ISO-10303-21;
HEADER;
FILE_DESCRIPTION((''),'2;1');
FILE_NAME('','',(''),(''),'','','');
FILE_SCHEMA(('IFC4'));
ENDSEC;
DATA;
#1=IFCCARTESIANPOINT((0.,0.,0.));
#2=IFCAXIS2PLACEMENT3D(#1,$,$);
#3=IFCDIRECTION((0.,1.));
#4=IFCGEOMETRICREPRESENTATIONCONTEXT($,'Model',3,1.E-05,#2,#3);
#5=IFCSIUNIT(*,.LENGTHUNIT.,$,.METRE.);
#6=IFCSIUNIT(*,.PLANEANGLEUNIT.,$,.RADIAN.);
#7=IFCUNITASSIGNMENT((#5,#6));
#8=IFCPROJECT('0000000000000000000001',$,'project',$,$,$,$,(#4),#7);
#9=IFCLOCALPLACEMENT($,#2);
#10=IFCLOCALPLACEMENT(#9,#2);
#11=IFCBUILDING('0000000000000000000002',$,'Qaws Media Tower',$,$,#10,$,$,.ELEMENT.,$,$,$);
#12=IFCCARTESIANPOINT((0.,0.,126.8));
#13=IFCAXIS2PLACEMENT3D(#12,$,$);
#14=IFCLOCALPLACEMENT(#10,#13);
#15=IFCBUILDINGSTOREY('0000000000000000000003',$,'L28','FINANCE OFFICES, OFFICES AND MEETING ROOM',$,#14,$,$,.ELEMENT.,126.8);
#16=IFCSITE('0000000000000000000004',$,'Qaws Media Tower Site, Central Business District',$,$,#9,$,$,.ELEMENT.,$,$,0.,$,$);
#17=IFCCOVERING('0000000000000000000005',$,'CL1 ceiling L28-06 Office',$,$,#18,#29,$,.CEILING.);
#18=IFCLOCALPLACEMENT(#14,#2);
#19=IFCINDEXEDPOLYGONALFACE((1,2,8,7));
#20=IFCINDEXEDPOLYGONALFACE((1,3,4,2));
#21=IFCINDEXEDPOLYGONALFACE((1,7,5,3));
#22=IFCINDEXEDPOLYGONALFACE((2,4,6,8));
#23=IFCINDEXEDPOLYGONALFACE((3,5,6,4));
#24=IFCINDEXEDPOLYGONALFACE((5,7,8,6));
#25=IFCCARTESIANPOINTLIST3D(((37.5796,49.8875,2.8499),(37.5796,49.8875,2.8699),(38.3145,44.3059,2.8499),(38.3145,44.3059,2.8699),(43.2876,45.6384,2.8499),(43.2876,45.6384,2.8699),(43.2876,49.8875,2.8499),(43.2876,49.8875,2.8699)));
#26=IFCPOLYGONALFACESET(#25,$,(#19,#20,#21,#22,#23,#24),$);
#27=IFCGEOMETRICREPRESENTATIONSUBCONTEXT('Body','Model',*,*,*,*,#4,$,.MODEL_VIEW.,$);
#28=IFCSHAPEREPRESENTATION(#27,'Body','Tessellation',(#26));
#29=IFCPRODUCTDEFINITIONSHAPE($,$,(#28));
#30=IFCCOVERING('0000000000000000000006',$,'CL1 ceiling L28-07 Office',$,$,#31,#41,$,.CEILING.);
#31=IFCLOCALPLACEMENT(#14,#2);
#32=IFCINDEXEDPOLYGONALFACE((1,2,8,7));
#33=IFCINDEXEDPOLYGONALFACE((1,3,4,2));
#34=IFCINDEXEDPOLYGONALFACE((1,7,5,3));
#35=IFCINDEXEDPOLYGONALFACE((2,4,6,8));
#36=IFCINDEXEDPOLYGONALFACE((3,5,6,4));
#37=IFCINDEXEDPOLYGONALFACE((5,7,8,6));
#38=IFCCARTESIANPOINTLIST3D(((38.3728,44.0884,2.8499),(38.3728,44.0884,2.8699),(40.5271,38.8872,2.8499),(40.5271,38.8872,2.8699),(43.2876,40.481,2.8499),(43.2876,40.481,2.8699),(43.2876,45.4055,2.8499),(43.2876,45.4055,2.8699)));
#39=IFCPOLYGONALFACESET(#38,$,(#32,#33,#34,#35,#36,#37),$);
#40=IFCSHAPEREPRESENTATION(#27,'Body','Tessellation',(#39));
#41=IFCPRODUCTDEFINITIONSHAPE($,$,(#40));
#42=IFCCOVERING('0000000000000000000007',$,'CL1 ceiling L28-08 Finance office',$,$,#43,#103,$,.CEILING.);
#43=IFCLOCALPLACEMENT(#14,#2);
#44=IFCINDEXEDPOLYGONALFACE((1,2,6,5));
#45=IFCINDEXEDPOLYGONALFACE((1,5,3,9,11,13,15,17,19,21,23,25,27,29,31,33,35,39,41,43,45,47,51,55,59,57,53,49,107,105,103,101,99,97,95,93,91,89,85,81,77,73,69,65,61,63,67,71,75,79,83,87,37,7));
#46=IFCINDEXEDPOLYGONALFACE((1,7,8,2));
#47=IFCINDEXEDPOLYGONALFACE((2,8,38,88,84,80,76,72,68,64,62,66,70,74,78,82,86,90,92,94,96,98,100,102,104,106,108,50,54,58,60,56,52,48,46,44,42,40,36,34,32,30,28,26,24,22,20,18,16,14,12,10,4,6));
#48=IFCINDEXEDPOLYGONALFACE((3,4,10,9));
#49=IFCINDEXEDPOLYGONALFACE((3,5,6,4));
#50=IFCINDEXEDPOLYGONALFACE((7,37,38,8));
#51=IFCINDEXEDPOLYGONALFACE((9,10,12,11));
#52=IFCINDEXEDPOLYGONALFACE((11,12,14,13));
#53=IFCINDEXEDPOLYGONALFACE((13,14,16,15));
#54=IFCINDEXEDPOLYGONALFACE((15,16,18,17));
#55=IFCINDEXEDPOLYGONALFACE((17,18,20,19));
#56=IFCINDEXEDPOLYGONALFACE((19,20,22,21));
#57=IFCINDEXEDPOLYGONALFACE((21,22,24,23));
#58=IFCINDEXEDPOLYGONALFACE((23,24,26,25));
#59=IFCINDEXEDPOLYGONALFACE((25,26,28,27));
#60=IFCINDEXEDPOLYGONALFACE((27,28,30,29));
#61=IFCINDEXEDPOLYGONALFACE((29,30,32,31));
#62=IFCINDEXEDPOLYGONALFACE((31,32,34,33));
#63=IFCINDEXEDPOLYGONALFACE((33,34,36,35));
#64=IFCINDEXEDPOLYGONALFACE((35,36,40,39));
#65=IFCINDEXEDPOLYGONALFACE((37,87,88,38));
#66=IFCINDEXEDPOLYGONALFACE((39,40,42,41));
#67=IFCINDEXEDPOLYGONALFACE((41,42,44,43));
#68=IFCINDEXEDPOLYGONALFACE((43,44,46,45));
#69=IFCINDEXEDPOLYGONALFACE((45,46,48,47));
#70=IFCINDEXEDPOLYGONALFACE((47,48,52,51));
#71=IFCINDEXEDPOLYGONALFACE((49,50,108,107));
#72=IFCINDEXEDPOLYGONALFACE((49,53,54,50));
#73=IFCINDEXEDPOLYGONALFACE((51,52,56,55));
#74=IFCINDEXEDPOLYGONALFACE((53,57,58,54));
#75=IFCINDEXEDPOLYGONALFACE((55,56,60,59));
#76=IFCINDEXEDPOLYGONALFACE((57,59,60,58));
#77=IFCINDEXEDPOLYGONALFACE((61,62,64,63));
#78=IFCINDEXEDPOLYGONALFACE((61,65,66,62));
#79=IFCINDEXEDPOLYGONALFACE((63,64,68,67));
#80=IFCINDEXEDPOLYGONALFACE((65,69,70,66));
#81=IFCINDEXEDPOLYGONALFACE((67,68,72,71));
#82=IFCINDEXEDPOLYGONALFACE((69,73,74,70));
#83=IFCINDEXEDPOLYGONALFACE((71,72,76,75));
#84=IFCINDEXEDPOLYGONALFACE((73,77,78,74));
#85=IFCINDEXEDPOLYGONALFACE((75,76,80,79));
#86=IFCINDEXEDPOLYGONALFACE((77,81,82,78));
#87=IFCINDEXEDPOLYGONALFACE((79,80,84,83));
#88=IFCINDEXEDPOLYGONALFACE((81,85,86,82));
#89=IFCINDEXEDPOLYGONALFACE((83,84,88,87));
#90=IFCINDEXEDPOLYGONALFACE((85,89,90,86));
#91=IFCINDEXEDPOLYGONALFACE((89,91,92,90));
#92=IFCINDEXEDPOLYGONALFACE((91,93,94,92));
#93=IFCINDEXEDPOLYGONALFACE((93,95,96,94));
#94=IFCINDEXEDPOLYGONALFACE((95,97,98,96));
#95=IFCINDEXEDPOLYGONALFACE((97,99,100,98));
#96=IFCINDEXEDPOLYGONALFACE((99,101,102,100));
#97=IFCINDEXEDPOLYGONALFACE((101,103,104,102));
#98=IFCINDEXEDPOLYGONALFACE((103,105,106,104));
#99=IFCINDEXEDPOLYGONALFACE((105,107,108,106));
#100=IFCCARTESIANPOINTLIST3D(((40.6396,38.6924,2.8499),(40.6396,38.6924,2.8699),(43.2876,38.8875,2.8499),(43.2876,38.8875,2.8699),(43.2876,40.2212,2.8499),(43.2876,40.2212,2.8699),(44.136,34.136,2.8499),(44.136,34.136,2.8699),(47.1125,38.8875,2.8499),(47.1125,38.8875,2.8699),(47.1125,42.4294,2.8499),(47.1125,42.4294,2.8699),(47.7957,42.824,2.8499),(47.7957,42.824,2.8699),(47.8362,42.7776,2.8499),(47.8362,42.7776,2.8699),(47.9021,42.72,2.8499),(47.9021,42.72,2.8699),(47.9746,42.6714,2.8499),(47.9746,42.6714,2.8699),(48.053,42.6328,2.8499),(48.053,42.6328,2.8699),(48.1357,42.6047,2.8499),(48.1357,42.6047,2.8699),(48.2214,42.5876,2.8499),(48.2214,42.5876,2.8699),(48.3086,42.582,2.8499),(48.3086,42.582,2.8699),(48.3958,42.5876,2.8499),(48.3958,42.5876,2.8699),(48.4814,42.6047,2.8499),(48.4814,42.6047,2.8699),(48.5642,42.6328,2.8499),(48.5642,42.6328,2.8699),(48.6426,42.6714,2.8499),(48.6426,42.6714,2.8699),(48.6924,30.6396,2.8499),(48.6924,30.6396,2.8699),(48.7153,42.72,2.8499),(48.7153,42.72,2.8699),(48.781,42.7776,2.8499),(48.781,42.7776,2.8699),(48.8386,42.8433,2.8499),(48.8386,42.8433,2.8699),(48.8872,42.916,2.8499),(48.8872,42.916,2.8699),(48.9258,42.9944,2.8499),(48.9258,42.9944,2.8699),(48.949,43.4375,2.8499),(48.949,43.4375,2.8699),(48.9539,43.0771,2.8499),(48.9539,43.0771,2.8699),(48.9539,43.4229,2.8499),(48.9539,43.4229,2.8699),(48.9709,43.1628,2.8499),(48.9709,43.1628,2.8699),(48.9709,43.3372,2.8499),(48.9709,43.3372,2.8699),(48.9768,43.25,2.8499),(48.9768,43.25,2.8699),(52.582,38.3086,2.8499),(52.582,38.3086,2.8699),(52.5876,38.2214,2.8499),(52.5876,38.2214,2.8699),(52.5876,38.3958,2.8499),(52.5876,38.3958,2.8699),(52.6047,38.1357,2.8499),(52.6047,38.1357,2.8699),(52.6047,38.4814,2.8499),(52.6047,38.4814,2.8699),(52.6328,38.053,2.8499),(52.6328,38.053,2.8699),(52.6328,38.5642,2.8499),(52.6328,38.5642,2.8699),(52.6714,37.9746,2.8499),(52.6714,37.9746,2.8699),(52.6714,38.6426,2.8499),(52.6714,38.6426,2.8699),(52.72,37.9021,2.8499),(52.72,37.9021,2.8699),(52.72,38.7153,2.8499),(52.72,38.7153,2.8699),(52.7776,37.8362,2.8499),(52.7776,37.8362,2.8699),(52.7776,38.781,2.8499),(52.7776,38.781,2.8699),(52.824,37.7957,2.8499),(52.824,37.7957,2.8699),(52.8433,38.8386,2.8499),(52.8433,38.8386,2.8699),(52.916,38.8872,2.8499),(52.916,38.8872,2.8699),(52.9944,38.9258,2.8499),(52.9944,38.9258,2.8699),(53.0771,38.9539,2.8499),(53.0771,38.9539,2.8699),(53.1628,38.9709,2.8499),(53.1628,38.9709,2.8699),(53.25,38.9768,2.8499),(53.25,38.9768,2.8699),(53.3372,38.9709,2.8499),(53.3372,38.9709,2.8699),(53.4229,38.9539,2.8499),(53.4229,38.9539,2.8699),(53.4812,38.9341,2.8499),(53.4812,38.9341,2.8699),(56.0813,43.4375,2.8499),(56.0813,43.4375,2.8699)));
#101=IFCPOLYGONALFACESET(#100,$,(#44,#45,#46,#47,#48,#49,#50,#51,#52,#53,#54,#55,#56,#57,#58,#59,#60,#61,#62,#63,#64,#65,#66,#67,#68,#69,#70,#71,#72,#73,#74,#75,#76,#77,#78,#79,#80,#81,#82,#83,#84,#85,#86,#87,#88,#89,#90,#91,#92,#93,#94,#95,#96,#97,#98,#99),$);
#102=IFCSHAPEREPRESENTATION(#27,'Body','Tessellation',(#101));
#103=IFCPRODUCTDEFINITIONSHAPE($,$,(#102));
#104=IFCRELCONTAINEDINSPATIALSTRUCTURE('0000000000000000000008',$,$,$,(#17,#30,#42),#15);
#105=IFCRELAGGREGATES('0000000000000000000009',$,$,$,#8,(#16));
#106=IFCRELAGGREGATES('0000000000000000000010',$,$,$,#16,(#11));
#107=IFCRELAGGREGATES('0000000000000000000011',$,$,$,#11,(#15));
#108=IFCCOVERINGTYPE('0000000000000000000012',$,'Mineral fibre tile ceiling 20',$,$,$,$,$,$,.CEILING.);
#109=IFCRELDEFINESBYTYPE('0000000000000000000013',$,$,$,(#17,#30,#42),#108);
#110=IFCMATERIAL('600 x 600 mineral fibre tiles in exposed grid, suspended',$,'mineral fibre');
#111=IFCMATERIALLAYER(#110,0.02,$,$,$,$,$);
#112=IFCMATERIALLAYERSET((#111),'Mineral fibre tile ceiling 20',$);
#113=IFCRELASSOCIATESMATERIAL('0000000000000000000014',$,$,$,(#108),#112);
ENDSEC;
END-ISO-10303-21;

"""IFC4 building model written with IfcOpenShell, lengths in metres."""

from ifc_helpers import new_model, si_unit, direction, frame, origin, place, context, subcontext, project, spatial, polyline, outline, extrude, material, layer, layer_set, type_object, element, save


model = new_model("IFC4")

# Units and contexts
model_context = context("Model", 3, precision=1e-05, world=origin(), true_north=direction((0.0, 1.0)))
body_context = subcontext(model_context, "Body", "Model", "MODEL_VIEW")
ifc_project = project(units=[si_unit("LENGTHUNIT", "METRE"), si_unit("PLANEANGLEUNIT", "RADIAN")], contexts=[model_context])

# Site, building, storey
site_placement = place(None, origin())
site = spatial("IfcSite", under=ifc_project, at=site_placement, Name="Qaws Media Tower Site, Central Business District", CompositionType="ELEMENT", RefElevation=0.0)
building_placement = place(site_placement, origin())
building = spatial("IfcBuilding", under=site, at=building_placement, Name="Qaws Media Tower", CompositionType="ELEMENT")
storey_placement = place(building_placement, frame((0.0, 0.0, 126.8)))
storey = spatial("IfcBuildingStorey", under=building, at=storey_placement, Name="L28", Description="FINANCE OFFICES, OFFICES AND MEETING ROOM", CompositionType="ELEMENT", Elevation=126.8)

# Coverings
ifc_material_1 = material(Name="600 x 600 mineral fibre tiles in exposed grid, suspended", Category="mineral fibre")
ifc_layer_1 = layer(ifc_material_1, 0.02)
ifc_layer_set_1 = layer_set([ifc_layer_1], Name="Mineral fibre tile ceiling 20")
covering_type_1 = type_object("IfcCoveringType", Name="Mineral fibre tile ceiling 20", PredefinedType="CEILING", material=ifc_layer_set_1)
covering_1_placement = place(storey_placement, frame((0.0, 0.0, 2.8499)))
element("IfcCovering", 1, at=covering_1_placement, inside=storey, type_object=covering_type_1, Name="CL1 ceiling L28-06 Office", PredefinedType="CEILING", context=body_context, shape_type="SweptSolid", body=[
    extrude(outline(polyline([(37.5796, 49.8875), (43.2876, 49.8875), (43.2876, 45.6384), (38.3145, 44.3059), (37.5796, 49.8875)])), origin(), (0.0, 0.0, 1.0), 0.02),
])
covering_2_placement = place(storey_placement, frame((0.0, 0.0, 2.8499)))
element("IfcCovering", 2, at=covering_2_placement, inside=storey, type_object=covering_type_1, Name="CL1 ceiling L28-07 Office", PredefinedType="CEILING", context=body_context, shape_type="SweptSolid", body=[
    extrude(outline(polyline([(38.3728, 44.0884), (43.2876, 45.4055), (43.2876, 40.481), (40.5271, 38.8872), (38.3728, 44.0884)])), origin(), (0.0, 0.0, 1.0), 0.02),
])
covering_3_placement = place(storey_placement, frame((0.0, 0.0, 2.8499)))
element("IfcCovering", 3, at=covering_3_placement, inside=storey, type_object=covering_type_1, Name="CL1 ceiling L28-08 Finance office", PredefinedType="CEILING", context=body_context, shape_type="SweptSolid", body=[
    extrude(outline(polyline([(44.136, 34.136), (40.6396, 38.6924), (43.2876, 40.2212), (43.2876, 38.8875), (47.1125, 38.8875), (47.1125, 42.4294), (47.7957, 42.824), (47.8362, 42.7776), (47.9021, 42.72), (47.9746, 42.6714), (48.053, 42.6328), (48.1357, 42.6047), (48.2214, 42.5876), (48.3086, 42.582), (48.3958, 42.5876), (48.4814, 42.6047), (48.5642, 42.6328), (48.6426, 42.6714), (48.7153, 42.72), (48.781, 42.7776), (48.8386, 42.8433), (48.8872, 42.916), (48.9258, 42.9944), (48.9539, 43.0771), (48.9709, 43.1628), (48.9768, 43.25), (48.9709, 43.3372), (48.9539, 43.4229), (48.949, 43.4375), (56.0813, 43.4375), (53.4812, 38.9341), (53.4229, 38.9539), (53.3372, 38.9709), (53.25, 38.9768), (53.1628, 38.9709), (53.0771, 38.9539), (52.9944, 38.9258), (52.916, 38.8872), (52.8433, 38.8386), (52.7776, 38.781), (52.72, 38.7153), (52.6714, 38.6426), (52.6328, 38.5642), (52.6047, 38.4814), (52.5876, 38.3958), (52.582, 38.3086), (52.5876, 38.2214), (52.6047, 38.1357), (52.6328, 38.053), (52.6714, 37.9746), (52.72, 37.9021), (52.7776, 37.8362), (52.824, 37.7957), (48.6924, 30.6396), (44.136, 34.136)])), origin(), (0.0, 0.0, 1.0), 0.02),
])

save(model, "model.ifc")
